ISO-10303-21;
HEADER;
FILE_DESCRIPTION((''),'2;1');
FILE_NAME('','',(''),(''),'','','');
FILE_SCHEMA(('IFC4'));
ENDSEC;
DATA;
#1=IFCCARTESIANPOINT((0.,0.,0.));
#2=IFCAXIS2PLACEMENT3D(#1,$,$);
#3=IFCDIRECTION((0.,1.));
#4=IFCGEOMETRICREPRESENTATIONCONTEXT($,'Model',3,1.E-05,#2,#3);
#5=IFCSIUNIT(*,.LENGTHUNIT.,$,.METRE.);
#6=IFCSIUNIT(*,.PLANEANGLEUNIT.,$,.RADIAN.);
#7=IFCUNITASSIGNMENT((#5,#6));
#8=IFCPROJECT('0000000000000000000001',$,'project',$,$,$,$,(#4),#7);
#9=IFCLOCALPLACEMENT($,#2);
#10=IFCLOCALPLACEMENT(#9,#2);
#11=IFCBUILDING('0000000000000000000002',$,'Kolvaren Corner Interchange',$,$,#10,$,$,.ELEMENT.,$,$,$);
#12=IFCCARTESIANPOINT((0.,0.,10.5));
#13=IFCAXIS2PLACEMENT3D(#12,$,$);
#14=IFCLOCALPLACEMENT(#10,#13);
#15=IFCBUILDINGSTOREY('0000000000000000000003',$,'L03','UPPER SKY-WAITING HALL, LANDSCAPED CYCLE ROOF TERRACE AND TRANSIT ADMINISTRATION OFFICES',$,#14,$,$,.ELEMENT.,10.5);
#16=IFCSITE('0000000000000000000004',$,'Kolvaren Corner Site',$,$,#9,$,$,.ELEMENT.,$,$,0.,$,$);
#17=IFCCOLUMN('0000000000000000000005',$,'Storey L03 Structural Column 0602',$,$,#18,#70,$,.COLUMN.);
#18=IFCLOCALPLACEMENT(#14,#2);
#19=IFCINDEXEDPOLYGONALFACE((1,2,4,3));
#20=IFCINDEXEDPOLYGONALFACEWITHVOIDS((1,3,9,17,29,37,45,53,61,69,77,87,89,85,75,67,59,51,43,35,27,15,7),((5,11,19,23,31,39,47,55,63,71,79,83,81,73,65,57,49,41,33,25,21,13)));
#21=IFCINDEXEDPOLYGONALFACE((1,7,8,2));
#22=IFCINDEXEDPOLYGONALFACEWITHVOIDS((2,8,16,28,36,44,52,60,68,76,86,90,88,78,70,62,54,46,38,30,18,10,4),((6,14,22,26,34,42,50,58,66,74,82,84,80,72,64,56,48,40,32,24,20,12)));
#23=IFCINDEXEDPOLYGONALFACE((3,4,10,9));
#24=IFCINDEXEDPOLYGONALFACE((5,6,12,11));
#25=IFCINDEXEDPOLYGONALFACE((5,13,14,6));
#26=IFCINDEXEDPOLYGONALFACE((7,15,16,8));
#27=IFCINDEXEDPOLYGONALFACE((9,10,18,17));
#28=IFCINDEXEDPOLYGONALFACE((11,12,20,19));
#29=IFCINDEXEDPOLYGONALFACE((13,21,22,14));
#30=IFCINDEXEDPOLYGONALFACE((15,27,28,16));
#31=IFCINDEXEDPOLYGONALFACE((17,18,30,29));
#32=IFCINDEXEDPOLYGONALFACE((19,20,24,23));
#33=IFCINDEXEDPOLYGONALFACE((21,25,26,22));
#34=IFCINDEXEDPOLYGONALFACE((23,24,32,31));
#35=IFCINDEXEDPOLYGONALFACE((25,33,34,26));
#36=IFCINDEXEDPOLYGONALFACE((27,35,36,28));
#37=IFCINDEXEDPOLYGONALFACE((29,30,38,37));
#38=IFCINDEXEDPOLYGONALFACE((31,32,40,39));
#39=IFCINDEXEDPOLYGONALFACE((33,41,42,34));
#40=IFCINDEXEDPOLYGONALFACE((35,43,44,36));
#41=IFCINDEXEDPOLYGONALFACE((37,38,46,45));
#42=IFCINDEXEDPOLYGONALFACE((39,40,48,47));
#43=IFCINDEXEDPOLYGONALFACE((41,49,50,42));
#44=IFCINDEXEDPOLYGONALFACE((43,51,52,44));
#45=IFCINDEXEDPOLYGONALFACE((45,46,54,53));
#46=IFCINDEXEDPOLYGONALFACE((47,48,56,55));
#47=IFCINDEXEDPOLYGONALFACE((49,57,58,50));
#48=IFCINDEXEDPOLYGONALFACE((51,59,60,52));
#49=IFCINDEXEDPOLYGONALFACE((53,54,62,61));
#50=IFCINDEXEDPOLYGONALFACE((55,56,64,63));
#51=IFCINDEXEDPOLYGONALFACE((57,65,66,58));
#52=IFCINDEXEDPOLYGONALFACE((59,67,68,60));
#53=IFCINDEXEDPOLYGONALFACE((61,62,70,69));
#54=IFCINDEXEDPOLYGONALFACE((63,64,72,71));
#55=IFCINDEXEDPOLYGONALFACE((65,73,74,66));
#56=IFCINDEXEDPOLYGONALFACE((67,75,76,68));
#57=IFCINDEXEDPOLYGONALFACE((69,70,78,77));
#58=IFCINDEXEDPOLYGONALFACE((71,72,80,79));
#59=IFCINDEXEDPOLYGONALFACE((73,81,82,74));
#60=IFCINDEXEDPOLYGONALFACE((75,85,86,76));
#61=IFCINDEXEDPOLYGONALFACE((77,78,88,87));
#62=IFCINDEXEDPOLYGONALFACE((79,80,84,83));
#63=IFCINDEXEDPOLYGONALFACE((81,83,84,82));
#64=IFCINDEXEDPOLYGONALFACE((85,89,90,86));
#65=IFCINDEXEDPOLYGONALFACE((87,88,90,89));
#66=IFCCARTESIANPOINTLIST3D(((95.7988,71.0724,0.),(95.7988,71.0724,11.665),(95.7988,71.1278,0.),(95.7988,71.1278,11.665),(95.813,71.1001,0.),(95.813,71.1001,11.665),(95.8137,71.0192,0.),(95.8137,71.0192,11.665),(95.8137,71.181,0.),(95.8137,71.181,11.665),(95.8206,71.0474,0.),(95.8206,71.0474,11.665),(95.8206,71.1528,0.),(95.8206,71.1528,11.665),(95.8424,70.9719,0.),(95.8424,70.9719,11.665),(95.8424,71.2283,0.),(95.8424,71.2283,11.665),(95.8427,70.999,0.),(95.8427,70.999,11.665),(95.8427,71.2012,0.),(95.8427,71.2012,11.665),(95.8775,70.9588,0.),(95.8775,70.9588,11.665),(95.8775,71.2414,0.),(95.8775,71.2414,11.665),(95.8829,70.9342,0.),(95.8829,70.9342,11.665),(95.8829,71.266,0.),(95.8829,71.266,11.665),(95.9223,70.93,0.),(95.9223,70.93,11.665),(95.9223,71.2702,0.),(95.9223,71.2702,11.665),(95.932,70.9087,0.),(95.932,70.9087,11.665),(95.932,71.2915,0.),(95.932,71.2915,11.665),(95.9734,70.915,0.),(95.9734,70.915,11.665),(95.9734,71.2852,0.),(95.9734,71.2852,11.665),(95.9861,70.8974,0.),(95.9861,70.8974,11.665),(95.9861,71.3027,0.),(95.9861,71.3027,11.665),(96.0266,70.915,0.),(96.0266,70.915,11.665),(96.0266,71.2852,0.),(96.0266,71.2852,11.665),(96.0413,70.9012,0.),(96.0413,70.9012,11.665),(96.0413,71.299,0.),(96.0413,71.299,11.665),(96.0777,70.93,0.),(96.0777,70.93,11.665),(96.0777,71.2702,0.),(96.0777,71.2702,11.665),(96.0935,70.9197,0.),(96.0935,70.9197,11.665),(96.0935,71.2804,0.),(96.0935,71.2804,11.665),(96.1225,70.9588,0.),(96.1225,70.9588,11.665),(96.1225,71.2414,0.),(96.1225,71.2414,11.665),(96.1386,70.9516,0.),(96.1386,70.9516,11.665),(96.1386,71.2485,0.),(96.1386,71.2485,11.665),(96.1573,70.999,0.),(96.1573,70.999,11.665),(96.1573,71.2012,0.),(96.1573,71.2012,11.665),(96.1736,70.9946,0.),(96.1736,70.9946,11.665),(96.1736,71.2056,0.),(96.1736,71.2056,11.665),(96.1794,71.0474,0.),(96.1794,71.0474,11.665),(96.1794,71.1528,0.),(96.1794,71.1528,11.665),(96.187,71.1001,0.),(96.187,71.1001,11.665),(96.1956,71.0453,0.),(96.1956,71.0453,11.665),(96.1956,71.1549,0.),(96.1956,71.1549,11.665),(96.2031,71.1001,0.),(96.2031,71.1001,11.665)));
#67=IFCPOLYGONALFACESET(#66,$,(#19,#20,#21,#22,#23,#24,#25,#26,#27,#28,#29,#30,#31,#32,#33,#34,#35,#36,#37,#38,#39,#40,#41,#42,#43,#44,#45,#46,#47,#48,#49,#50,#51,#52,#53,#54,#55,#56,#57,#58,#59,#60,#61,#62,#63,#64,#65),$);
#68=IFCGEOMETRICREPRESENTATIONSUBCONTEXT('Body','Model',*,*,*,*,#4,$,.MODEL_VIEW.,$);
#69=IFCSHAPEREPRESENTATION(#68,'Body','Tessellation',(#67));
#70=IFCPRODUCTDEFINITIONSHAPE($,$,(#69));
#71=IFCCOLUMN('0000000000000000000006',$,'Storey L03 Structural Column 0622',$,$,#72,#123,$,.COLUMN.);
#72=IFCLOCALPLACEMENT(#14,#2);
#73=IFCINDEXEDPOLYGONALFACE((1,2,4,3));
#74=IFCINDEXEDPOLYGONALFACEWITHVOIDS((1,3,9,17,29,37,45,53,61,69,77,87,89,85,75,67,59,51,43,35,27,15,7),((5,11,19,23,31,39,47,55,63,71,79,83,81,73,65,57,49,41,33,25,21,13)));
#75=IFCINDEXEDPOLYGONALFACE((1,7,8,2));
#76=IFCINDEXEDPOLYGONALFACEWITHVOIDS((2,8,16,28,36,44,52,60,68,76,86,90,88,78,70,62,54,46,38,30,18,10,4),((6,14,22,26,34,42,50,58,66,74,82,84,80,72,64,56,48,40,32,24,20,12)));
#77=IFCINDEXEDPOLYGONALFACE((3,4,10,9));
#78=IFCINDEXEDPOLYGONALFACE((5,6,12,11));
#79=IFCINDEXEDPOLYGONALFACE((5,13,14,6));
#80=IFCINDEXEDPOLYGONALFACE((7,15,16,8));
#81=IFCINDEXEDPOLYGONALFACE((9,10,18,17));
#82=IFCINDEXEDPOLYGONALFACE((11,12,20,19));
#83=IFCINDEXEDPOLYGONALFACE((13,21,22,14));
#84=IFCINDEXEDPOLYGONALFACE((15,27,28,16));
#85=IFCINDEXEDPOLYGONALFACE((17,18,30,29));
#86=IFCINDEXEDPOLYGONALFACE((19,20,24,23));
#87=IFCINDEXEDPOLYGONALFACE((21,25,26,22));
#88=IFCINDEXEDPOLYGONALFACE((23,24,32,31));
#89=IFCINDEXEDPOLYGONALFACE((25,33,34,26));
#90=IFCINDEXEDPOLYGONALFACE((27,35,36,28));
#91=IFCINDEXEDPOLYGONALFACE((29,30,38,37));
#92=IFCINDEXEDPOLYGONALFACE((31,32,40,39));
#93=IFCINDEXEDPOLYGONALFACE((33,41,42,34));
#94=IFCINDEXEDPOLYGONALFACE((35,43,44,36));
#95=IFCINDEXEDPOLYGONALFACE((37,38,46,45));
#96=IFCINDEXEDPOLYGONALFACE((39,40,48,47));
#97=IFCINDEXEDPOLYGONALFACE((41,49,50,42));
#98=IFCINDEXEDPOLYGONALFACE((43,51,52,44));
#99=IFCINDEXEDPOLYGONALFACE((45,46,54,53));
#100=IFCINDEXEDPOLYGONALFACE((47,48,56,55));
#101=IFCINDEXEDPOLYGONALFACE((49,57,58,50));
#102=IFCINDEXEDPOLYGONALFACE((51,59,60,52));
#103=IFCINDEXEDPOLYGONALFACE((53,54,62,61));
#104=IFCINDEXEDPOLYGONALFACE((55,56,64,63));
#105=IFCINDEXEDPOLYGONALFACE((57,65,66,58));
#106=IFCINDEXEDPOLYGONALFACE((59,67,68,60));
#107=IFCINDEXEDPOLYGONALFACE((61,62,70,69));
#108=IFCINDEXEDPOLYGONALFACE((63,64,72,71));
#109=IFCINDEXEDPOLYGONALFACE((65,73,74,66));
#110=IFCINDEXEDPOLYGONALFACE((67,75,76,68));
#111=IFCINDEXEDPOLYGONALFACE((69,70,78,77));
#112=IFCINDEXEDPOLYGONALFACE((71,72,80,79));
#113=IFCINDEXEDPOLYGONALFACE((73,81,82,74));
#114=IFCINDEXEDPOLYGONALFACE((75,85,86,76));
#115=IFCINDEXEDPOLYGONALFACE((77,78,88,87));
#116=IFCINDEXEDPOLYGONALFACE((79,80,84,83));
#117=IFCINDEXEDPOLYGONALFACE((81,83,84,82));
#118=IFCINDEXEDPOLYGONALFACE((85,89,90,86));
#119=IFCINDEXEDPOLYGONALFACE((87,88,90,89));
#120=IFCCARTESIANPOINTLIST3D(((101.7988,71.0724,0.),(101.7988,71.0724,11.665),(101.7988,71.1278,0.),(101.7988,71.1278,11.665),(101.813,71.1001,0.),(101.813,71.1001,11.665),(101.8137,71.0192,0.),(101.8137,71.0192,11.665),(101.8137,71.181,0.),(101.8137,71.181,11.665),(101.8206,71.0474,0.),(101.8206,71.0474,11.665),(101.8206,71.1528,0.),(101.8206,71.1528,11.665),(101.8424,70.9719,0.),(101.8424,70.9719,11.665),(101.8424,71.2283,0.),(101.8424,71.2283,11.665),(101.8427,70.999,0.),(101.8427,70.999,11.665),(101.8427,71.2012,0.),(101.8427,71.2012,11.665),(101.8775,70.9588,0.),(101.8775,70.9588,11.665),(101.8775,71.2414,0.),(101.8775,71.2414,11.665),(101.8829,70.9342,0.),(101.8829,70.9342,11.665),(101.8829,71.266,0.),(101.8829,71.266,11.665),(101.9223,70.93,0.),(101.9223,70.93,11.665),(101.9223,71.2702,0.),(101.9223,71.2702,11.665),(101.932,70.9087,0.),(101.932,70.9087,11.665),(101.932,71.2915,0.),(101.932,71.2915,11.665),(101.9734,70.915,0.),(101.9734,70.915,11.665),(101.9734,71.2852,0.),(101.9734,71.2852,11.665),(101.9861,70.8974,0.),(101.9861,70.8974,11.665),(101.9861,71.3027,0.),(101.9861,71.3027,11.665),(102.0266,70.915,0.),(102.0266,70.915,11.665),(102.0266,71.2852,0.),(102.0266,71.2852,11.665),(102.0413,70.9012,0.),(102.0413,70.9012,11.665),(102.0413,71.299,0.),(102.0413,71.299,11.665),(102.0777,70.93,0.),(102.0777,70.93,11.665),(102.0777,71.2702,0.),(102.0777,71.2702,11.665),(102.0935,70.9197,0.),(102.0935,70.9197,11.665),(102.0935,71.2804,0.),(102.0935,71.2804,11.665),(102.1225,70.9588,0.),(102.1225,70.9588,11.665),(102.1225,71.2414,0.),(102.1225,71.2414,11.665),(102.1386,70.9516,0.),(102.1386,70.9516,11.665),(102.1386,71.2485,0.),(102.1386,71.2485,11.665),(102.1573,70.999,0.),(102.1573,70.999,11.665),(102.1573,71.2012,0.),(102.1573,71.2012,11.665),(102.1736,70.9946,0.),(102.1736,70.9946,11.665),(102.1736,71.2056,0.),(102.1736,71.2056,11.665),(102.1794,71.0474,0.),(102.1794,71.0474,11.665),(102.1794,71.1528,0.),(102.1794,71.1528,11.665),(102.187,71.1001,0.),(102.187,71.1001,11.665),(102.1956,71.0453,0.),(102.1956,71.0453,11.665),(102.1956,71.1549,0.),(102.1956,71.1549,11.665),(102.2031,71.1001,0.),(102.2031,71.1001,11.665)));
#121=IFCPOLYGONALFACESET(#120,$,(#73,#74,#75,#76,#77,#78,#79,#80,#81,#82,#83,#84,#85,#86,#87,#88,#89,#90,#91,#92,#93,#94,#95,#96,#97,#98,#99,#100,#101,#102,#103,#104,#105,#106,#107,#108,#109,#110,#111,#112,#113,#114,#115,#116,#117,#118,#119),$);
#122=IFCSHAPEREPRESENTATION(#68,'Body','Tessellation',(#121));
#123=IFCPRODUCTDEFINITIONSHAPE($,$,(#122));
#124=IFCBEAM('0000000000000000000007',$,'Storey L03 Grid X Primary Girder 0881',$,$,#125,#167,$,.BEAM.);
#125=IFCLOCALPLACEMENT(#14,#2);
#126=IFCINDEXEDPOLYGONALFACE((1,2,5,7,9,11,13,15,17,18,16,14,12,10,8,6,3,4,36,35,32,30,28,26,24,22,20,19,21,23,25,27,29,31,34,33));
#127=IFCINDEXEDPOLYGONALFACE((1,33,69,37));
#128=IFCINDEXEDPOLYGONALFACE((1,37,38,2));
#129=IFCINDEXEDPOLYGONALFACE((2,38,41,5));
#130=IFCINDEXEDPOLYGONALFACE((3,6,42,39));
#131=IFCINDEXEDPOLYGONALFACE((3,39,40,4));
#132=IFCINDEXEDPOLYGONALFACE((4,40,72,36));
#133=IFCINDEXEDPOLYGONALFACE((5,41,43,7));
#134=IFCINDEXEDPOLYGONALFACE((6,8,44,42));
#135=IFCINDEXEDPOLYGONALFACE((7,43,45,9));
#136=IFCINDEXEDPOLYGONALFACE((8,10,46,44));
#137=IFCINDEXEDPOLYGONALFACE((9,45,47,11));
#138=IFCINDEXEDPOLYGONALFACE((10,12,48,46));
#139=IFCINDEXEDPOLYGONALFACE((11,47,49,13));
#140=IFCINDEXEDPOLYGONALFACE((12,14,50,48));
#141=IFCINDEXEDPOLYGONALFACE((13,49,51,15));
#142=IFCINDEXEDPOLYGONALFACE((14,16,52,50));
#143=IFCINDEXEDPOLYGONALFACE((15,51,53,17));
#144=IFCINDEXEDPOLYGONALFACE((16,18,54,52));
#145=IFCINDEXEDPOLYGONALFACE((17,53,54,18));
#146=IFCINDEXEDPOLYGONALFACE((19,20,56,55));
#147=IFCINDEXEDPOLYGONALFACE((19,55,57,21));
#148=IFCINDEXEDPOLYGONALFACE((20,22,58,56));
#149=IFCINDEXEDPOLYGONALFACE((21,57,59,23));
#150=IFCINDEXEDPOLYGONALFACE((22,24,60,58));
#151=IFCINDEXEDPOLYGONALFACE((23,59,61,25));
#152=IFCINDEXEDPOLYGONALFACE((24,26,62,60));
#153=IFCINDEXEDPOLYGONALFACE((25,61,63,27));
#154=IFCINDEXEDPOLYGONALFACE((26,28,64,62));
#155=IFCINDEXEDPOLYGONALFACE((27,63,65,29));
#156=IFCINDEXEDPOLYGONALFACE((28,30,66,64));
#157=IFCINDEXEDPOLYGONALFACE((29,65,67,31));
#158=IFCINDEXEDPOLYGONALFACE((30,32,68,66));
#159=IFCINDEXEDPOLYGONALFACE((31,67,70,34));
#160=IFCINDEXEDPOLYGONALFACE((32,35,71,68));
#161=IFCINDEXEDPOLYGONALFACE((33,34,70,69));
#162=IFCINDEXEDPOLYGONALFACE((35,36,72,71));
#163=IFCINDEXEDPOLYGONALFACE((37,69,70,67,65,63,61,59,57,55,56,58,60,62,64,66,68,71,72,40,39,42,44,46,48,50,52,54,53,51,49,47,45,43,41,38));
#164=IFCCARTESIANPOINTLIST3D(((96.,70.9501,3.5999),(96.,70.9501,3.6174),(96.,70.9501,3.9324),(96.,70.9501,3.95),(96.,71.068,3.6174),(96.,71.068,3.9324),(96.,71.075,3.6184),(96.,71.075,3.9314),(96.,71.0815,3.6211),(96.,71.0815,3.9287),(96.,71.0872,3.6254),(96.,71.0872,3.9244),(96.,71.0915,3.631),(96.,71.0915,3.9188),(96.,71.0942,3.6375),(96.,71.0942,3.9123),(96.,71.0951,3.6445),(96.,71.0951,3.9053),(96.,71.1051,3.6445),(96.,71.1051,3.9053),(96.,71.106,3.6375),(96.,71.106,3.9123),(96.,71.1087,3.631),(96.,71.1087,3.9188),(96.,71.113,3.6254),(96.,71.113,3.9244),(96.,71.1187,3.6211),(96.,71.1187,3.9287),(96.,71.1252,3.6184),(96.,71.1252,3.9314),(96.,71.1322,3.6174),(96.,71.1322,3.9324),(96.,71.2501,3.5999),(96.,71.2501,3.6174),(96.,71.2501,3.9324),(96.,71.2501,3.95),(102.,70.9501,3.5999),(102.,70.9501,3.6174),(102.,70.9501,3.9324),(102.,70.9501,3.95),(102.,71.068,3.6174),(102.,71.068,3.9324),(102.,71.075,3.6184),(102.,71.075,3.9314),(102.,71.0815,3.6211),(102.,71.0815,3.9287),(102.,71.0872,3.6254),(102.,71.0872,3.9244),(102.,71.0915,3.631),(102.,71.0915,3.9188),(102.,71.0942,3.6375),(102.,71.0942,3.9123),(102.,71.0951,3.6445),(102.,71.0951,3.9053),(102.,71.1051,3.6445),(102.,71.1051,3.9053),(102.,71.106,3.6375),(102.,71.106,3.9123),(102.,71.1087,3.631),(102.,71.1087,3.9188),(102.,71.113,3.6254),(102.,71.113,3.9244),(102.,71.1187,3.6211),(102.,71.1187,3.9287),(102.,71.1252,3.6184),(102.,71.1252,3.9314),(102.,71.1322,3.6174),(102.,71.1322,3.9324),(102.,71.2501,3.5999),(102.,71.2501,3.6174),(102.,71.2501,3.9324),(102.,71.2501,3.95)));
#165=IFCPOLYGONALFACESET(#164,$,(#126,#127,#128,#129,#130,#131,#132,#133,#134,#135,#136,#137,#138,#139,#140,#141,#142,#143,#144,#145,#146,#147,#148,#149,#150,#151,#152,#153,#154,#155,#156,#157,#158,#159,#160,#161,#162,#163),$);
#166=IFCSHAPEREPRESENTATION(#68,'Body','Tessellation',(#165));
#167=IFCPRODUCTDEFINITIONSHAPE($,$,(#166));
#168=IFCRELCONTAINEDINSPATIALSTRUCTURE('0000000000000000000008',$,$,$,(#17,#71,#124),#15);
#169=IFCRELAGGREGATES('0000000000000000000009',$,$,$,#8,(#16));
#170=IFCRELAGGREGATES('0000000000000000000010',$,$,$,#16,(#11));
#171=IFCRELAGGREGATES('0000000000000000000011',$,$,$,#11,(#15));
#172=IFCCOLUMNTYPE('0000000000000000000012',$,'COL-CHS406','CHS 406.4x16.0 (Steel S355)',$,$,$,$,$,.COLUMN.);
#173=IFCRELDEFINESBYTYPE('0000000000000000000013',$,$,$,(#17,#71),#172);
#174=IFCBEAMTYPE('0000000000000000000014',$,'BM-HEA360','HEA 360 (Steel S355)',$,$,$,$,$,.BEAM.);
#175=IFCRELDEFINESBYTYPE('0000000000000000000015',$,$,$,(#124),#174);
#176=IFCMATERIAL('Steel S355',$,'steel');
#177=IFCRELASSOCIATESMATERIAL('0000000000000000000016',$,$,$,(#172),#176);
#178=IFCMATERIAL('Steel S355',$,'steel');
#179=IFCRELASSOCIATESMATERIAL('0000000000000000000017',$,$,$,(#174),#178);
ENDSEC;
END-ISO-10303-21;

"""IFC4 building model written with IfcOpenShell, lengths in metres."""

from ifc_helpers import new_model, si_unit, direction, frame, origin, origin_2d, place, context, subcontext, project, spatial, hollow_circle, i_section, extrude, material, material_profile, profile_set, type_object, element, save


model = new_model("IFC4")

# Units and contexts
model_context = context("Model", 3, precision=1e-05, world=origin(), true_north=direction((0.0, 1.0)))
body_context = subcontext(model_context, "Body", "Model", "MODEL_VIEW")
ifc_project = project(units=[si_unit("LENGTHUNIT", "METRE"), si_unit("PLANEANGLEUNIT", "RADIAN")], contexts=[model_context])

# Site, building, storey
site_placement = place(None, origin())
site = spatial("IfcSite", under=ifc_project, at=site_placement, Name="Kolvaren Corner Site", CompositionType="ELEMENT", RefElevation=0.0)
building_placement = place(site_placement, origin())
building = spatial("IfcBuilding", under=site, at=building_placement, Name="Kolvaren Corner Interchange", CompositionType="ELEMENT")
storey_placement = place(building_placement, frame((0.0, 0.0, 10.5)))
storey = spatial("IfcBuildingStorey", under=building, at=storey_placement, Name="L03", Description="UPPER SKY-WAITING HALL, LANDSCAPED CYCLE ROOF TERRACE AND TRANSIT ADMINISTRATION OFFICES", CompositionType="ELEMENT", Elevation=10.5)

# Columns
ifc_material_1 = material(Name="Steel S355", Category="steel")
ifc_material_profile_1 = material_profile(ifc_material_1, hollow_circle(Radius=0.2031, WallThickness=0.0161, at=origin_2d()), Name="CHS 406.4x16.0")
ifc_profile_set_1 = profile_set([ifc_material_profile_1], Name="Steel S355")
column_type = type_object("IfcColumnType", Name="COL-CHS406", Description="CHS 406.4x16.0 (Steel S355)", PredefinedType="COLUMN", material=ifc_profile_set_1)
for number, where, z_axis, x_axis, name in (
    (1, (96.0, 71.1001, 0.0), (0.0, 0.0, 1.0), (1.0, 0.0, 0.0), "Storey L03 Structural Column 0602"),
    (2, (102.0, 71.1001, 0.0), (0.0, 0.0, 1.0), (1.0, 0.0, 0.0), "Storey L03 Structural Column 0622"),
):
    element("IfcColumn", number, at=place(storey_placement, frame(where, z_axis=z_axis, x_axis=x_axis)), inside=storey, type_object=column_type, Name=name, PredefinedType="COLUMN", context=body_context, shape_type="SweptSolid", body=[
        extrude(hollow_circle(Radius=0.2031, WallThickness=0.0161, at=origin_2d()), origin(), (0.0, 0.0, 1.0), 11.665),
    ])

# Beam
ifc_material_2 = material(Name="Steel S355", Category="steel")
ifc_material_profile_2 = material_profile(ifc_material_2, i_section(OverallWidth=0.3, OverallDepth=0.3501, WebThickness=0.01, FlangeThickness=0.0176, FilletRadius=0.0271, at=origin_2d()), Name="HEA 360")
ifc_profile_set_2 = profile_set([ifc_material_profile_2], Name="Steel S355")
beam_type_1 = type_object("IfcBeamType", Name="BM-HEA360", Description="HEA 360 (Steel S355)", PredefinedType="BEAM", material=ifc_profile_set_2)
for number, where, z_axis, x_axis, name in (
    (3, (96.0, 71.1001, 3.7749), (1.0, 0.0, 0.0), (0.0, 1.0, 0.0), "Storey L03 Grid X Primary Girder 0881"),
):
    element("IfcBeam", number, at=place(storey_placement, frame(where, z_axis=z_axis, x_axis=x_axis)), inside=storey, type_object=beam_type_1, Name=name, PredefinedType="BEAM", context=body_context, shape_type="SweptSolid", body=[
        extrude(i_section(OverallWidth=0.3, OverallDepth=0.3501, WebThickness=0.01, FlangeThickness=0.0176, FilletRadius=0.0271, at=origin_2d()), origin(), (0.0, 0.0, 1.0), 6.0),
    ])

save(model, "model.ifc")
